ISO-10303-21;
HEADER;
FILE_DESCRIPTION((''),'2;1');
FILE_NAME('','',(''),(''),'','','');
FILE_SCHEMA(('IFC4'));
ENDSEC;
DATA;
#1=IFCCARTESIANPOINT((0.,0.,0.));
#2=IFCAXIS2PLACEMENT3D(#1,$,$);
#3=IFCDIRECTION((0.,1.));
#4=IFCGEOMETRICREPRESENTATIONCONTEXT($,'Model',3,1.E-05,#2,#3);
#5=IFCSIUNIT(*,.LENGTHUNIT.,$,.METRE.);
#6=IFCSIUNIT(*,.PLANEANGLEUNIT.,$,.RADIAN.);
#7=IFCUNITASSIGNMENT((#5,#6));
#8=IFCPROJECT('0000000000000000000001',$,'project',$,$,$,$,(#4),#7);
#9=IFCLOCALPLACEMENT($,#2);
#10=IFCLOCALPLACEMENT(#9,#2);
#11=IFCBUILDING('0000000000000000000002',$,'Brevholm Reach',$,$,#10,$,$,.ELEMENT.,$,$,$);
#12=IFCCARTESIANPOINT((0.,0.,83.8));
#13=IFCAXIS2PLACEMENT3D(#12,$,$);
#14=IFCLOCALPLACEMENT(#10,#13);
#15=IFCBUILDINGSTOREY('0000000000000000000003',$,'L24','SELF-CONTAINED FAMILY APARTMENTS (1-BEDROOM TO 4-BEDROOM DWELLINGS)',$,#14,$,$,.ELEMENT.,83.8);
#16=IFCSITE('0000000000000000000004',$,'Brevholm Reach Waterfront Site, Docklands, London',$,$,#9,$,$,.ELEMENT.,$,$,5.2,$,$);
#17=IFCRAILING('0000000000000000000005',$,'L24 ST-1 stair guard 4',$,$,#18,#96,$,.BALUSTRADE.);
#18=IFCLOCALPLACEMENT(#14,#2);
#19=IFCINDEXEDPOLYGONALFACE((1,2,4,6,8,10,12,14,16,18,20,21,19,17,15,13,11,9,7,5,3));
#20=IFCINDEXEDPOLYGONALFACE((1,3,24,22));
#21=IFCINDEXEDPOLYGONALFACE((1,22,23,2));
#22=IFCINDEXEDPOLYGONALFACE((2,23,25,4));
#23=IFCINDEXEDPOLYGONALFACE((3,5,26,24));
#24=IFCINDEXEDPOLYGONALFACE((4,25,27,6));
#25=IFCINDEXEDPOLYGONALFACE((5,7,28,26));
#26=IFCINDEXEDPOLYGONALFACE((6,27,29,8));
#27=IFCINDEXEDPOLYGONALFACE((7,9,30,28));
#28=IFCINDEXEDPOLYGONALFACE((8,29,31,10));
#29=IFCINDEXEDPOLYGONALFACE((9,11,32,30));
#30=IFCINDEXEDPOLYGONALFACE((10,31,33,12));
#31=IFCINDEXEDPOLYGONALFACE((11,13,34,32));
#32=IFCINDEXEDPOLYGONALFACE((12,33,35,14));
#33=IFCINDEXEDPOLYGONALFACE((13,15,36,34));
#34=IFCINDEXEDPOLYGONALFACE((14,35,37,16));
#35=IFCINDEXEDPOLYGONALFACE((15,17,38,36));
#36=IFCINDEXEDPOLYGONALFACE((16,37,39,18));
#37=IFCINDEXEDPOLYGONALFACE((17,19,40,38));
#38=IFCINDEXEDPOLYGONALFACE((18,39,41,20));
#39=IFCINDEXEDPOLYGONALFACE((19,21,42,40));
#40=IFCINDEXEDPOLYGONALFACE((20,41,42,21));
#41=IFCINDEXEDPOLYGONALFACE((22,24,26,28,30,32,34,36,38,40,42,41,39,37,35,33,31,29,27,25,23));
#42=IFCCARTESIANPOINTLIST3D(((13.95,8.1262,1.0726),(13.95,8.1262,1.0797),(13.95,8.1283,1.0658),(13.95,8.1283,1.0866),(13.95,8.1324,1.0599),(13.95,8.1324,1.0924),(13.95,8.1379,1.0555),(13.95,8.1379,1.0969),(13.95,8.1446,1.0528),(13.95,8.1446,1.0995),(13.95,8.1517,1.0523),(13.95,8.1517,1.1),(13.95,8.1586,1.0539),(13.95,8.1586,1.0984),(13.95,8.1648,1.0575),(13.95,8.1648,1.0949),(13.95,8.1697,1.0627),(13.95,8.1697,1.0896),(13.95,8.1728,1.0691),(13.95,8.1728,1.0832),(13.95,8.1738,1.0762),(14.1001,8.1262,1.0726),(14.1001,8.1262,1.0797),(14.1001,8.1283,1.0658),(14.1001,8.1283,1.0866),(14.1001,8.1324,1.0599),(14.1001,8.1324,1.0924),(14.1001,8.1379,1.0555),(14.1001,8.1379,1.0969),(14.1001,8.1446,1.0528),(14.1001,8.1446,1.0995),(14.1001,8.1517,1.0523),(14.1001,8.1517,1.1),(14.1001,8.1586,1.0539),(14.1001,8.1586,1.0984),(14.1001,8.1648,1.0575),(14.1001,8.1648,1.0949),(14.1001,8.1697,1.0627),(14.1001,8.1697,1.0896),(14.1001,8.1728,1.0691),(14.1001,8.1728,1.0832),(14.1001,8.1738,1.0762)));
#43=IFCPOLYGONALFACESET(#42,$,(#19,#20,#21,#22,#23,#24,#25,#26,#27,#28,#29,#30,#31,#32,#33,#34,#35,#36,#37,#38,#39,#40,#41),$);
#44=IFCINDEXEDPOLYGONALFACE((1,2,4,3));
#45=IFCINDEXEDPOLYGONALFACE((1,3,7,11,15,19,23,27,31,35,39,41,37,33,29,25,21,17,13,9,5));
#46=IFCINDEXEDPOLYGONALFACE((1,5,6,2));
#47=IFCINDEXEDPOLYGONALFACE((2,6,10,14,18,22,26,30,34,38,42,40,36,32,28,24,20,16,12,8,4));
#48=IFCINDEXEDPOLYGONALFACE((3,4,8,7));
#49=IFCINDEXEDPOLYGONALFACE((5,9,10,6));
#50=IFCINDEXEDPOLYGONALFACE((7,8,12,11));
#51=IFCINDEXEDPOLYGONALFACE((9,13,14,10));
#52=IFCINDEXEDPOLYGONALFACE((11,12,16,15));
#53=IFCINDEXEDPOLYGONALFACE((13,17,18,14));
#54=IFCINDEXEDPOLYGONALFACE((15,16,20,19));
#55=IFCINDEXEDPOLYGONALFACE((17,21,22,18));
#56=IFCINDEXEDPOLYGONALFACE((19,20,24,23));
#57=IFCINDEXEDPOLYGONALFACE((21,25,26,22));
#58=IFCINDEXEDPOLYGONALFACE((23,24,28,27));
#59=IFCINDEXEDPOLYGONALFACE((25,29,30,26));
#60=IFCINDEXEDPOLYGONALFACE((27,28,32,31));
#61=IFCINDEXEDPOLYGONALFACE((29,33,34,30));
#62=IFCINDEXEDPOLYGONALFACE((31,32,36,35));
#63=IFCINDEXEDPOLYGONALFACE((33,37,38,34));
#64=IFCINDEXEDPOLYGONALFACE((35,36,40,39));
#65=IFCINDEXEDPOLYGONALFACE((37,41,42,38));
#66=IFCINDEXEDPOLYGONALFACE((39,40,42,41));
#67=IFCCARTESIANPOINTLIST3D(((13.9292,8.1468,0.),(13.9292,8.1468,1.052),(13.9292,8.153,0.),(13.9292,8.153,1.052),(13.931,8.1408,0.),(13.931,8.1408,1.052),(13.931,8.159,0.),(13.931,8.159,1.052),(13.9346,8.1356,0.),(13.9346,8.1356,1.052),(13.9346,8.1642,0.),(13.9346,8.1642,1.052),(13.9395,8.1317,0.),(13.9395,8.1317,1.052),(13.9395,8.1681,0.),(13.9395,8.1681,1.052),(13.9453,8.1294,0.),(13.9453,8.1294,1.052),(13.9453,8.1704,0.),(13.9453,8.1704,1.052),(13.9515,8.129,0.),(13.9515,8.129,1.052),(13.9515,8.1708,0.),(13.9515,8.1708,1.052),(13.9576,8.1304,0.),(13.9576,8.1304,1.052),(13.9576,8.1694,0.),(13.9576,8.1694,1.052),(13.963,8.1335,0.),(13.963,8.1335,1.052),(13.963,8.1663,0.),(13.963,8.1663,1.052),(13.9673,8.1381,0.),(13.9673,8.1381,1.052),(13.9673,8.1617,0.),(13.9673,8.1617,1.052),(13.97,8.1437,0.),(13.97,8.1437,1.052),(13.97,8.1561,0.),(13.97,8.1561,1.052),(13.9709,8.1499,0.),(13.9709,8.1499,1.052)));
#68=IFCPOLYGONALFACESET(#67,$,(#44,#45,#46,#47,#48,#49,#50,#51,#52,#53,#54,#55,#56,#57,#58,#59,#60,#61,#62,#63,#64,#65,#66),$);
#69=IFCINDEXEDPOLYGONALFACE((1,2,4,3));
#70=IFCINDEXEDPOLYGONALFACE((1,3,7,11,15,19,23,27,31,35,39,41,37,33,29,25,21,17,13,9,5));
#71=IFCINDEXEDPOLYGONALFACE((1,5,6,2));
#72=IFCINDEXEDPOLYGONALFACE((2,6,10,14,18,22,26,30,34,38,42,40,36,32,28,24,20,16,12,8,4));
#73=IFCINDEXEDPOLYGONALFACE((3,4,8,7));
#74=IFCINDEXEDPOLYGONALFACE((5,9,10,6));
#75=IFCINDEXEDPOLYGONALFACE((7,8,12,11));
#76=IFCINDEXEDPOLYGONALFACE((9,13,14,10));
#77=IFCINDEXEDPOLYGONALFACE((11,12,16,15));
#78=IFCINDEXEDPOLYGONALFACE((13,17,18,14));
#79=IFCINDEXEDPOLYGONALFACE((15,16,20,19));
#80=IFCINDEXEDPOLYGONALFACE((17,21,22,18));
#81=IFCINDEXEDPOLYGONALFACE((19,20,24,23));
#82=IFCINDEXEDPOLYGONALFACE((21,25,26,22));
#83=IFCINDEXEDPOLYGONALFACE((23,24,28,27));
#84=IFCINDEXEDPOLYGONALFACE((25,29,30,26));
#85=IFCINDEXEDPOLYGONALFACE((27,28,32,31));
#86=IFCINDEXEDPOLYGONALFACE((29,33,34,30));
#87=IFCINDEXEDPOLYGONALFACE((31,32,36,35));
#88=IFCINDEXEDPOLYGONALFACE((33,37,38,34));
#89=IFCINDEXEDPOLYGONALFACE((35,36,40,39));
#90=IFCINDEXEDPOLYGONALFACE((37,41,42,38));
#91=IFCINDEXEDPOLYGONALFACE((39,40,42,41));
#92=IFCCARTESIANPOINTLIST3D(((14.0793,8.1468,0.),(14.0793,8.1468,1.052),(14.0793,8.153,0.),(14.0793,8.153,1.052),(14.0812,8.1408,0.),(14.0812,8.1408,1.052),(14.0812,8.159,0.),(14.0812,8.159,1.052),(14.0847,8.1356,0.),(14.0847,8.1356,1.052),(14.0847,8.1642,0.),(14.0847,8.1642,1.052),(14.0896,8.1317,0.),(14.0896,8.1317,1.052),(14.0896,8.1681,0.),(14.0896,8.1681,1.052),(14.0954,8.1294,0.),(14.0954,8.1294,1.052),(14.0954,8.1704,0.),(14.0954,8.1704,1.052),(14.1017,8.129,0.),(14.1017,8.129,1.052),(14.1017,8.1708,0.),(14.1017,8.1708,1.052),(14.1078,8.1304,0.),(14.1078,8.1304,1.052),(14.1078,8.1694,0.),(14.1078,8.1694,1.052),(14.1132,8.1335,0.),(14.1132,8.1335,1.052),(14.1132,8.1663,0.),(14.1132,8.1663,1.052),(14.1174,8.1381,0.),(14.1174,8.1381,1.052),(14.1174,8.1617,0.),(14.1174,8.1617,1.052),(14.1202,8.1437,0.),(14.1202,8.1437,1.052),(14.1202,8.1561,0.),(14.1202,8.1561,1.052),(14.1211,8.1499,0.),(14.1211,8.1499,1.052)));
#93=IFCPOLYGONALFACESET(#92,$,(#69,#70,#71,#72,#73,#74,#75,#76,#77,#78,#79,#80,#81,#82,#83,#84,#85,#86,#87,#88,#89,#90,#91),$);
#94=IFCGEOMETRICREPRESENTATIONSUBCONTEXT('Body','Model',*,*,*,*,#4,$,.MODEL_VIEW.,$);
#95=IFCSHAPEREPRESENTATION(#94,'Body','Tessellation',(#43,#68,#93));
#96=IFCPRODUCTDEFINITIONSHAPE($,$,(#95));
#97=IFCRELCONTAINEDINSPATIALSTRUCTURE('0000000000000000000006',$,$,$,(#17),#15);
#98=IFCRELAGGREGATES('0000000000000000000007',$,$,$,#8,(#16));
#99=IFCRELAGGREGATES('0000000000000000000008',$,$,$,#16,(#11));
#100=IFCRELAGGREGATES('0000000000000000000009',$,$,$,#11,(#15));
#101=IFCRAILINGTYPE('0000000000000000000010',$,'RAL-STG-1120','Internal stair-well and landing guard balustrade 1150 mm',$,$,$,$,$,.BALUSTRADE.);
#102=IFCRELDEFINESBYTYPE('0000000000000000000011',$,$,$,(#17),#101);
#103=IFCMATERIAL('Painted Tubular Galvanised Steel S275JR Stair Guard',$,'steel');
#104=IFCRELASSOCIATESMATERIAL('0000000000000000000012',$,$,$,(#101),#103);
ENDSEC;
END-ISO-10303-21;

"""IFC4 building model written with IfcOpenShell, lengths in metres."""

from ifc_helpers import new_model, si_unit, direction, frame, origin, origin_2d, place, context, subcontext, project, spatial, circle, extrude, material, type_object, element, save


model = new_model("IFC4")

# Units and contexts
model_context = context("Model", 3, precision=1e-05, world=origin(), true_north=direction((0.0, 1.0)))
body_context = subcontext(model_context, "Body", "Model", "MODEL_VIEW")
ifc_project = project(units=[si_unit("LENGTHUNIT", "METRE"), si_unit("PLANEANGLEUNIT", "RADIAN")], contexts=[model_context])

# Site, building, storey
site_placement = place(None, origin())
site = spatial("IfcSite", under=ifc_project, at=site_placement, Name="Brevholm Reach Waterfront Site, Docklands, London", CompositionType="ELEMENT", RefElevation=5.2)
building_placement = place(site_placement, origin())
building = spatial("IfcBuilding", under=site, at=building_placement, Name="Brevholm Reach", CompositionType="ELEMENT")
storey_placement = place(building_placement, frame((0.0, 0.0, 83.8)))
storey = spatial("IfcBuildingStorey", under=building, at=storey_placement, Name="L24", Description="SELF-CONTAINED FAMILY APARTMENTS (1-BEDROOM TO 4-BEDROOM DWELLINGS)", CompositionType="ELEMENT", Elevation=83.8)

# Railing
ifc_material_1 = material(Name="Painted Tubular Galvanised Steel S275JR Stair Guard", Category="steel")
railing_type_1 = type_object("IfcRailingType", Name="RAL-STG-1120", Description="Internal stair-well and landing guard balustrade 1150 mm", PredefinedType="BALUSTRADE", material=ifc_material_1)
railing_1_placement = place(storey_placement, frame((13.95, 8.1499, 0.0)))
element("IfcRailing", 1, at=railing_1_placement, inside=storey, type_object=railing_type_1, Name="L24 ST-1 stair guard 4", PredefinedType="BALUSTRADE", context=body_context, shape_type="SweptSolid", body=[
    extrude(circle(Radius=0.0239, at=origin_2d()), frame((0.0, 0.0, 1.0762), z_axis=(1.0, 0.0, 0.0), x_axis=(0.0, 1.0, 0.0)), (0.0, 0.0, 1.0), 0.1501),
    extrude(circle(Radius=0.021, at=origin_2d()), origin(), (0.0, 0.0, 1.0), 1.052),
    extrude(circle(Radius=0.021, at=origin_2d()), frame((0.1501, 0.0, 0.0)), (0.0, 0.0, 1.0), 1.052),
])

save(model, "model.ifc")
